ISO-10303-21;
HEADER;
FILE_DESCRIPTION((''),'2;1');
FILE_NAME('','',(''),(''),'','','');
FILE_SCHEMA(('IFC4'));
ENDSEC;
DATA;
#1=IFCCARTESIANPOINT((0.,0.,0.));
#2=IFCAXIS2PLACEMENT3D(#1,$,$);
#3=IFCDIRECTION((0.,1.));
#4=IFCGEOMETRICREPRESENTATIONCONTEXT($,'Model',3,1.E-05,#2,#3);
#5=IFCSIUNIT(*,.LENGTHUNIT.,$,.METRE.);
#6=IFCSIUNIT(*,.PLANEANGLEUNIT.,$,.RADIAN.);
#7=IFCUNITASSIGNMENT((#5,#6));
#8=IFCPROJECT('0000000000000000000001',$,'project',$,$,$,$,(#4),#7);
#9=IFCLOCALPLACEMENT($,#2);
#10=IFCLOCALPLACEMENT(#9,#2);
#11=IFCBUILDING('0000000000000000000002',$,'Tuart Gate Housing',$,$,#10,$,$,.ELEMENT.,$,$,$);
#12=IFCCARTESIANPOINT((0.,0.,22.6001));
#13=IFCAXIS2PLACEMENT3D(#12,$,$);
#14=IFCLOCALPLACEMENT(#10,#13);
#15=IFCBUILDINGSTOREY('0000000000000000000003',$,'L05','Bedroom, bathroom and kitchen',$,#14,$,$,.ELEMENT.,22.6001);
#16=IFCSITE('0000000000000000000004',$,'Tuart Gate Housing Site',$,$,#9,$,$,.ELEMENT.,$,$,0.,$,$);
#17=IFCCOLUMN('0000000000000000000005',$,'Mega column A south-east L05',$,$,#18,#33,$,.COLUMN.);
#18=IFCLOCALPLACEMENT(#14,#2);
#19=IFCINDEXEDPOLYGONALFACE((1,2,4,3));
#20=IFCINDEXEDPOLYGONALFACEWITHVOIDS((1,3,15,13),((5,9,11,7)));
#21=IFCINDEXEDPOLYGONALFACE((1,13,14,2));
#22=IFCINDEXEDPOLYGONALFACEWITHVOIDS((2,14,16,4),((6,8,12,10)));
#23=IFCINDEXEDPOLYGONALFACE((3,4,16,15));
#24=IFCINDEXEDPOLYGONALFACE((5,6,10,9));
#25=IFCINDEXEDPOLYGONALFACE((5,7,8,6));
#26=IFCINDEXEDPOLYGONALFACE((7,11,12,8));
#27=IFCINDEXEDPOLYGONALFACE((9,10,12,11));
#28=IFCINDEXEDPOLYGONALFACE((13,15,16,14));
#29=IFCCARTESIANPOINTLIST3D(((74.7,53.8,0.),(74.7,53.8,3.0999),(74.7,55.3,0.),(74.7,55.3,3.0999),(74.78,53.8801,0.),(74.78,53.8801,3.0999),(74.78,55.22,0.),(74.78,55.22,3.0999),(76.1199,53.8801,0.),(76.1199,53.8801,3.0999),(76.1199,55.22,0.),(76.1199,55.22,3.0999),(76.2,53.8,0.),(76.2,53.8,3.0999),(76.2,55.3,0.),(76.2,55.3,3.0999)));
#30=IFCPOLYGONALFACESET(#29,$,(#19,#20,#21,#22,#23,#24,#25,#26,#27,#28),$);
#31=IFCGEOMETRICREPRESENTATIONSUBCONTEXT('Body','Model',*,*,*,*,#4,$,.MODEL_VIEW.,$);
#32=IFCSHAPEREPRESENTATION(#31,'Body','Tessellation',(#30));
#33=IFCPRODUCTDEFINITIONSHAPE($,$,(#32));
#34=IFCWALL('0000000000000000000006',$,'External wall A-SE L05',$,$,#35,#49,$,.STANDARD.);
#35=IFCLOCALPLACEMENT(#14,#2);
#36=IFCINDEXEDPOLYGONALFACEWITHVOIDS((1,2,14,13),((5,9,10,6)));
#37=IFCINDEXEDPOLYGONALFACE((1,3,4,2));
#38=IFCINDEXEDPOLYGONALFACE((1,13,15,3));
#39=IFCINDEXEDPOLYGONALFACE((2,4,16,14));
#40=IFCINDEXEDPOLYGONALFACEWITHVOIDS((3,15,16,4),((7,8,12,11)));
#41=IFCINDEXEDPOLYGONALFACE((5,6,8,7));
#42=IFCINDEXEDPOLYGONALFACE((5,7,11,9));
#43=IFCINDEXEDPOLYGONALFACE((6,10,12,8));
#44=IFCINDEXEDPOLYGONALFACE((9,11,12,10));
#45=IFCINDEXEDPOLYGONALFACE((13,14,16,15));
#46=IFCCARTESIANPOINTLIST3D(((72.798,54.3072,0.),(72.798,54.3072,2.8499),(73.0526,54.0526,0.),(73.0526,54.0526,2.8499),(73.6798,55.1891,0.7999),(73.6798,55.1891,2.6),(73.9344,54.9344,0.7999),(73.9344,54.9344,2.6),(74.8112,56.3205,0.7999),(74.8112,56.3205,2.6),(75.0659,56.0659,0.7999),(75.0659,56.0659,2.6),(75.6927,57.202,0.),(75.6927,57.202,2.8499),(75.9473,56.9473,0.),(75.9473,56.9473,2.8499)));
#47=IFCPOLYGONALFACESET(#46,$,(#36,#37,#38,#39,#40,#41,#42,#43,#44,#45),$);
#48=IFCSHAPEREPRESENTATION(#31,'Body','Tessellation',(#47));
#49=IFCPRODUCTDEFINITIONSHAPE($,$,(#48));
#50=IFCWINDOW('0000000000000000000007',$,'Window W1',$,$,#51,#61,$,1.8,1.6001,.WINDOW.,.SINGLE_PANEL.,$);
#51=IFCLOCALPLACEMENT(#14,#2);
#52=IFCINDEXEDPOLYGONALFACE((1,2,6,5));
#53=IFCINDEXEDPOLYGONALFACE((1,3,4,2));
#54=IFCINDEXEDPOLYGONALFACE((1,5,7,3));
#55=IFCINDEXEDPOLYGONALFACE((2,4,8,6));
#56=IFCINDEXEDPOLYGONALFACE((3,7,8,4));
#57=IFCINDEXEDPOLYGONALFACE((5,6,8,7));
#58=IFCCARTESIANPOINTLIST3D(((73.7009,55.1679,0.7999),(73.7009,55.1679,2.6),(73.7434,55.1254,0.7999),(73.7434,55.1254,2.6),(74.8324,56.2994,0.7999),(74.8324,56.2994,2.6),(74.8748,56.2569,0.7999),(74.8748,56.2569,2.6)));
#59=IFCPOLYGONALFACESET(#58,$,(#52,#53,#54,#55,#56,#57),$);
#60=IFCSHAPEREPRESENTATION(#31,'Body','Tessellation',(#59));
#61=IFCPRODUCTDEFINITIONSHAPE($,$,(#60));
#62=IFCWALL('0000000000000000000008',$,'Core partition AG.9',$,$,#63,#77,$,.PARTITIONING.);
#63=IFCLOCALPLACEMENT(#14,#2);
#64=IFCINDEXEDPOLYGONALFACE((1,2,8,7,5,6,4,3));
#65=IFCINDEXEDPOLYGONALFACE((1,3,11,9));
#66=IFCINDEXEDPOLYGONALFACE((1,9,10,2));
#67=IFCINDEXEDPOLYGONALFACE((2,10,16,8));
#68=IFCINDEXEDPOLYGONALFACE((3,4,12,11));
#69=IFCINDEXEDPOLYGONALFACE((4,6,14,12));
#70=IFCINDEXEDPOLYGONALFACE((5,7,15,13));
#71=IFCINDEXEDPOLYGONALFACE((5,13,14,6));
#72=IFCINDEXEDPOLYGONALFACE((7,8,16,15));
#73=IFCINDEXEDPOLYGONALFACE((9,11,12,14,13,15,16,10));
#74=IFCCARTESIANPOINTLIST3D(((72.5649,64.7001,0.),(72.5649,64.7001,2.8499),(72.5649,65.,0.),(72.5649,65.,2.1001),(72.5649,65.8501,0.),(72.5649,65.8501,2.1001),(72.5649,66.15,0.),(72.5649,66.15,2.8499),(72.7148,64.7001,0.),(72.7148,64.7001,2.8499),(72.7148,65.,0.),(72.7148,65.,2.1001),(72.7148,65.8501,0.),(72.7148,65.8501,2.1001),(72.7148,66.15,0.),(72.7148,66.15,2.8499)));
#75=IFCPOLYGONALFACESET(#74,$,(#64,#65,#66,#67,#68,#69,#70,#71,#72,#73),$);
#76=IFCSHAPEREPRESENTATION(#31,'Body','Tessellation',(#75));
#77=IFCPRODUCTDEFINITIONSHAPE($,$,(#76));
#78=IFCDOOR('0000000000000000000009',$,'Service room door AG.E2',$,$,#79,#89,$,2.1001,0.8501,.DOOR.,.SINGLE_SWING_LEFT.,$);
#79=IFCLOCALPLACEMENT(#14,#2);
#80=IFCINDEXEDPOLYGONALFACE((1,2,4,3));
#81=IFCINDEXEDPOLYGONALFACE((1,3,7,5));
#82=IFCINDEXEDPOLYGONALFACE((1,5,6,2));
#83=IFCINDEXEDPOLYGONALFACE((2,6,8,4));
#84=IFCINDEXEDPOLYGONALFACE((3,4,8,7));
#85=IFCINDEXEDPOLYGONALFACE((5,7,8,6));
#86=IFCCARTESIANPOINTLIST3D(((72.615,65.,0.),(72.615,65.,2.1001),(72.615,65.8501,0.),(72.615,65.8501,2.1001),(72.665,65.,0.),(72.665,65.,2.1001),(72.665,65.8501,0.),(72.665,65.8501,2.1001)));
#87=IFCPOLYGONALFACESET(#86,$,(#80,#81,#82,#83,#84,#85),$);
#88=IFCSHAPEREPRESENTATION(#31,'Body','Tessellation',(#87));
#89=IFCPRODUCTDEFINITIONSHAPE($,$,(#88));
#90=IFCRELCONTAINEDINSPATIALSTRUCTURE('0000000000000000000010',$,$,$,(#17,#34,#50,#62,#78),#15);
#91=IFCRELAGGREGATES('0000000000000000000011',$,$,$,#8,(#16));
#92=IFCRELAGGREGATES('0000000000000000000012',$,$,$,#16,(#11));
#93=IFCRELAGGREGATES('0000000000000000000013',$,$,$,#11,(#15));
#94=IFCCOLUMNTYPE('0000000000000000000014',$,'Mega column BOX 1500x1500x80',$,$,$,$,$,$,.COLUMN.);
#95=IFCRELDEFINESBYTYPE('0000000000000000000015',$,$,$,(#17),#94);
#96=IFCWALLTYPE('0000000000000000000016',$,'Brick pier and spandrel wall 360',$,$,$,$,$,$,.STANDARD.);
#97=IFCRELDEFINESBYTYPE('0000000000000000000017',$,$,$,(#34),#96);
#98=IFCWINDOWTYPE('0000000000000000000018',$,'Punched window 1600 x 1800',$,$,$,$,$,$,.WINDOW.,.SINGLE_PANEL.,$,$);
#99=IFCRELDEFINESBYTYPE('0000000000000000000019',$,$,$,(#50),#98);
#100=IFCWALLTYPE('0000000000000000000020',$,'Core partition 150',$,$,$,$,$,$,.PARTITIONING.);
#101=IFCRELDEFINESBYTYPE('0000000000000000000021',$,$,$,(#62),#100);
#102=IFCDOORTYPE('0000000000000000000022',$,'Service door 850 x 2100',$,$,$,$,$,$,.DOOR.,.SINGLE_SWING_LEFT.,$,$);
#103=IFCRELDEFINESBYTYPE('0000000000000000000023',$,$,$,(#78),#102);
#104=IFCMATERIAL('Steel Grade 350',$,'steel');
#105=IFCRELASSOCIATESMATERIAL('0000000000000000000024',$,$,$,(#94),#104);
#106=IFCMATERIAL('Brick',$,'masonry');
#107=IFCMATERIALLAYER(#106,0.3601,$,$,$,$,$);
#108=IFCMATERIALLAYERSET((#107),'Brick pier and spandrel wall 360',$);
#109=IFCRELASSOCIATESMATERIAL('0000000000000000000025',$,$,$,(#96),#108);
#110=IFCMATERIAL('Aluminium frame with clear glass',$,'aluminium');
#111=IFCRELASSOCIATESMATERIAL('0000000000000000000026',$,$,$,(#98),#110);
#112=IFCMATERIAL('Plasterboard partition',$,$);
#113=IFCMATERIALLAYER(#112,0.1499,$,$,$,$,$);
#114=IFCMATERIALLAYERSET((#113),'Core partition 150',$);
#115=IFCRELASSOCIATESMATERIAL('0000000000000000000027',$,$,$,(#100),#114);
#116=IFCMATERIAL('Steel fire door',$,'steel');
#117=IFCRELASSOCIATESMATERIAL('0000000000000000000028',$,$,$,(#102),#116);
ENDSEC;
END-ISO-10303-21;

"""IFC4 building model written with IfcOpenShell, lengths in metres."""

from ifc_helpers import new_model, si_unit, direction, frame, frame_2d, origin, origin_2d, place, context, subcontext, project, spatial, rectangle, hollow_rectangle, extrude, material, layer, layer_set, material_profile, profile_set, type_object, element, fill, save


model = new_model("IFC4")

# Units and contexts
model_context = context("Model", 3, precision=1e-05, world=origin(), true_north=direction((0.0, 1.0)))
body_context = subcontext(model_context, "Body", "Model", "MODEL_VIEW")
ifc_project = project(units=[si_unit("LENGTHUNIT", "METRE"), si_unit("PLANEANGLEUNIT", "RADIAN")], contexts=[model_context])

# Site, building, storey
site_placement = place(None, origin())
site = spatial("IfcSite", under=ifc_project, at=site_placement, Name="Tuart Gate Housing Site", CompositionType="ELEMENT", RefElevation=0.0)
building_placement = place(site_placement, origin())
building = spatial("IfcBuilding", under=site, at=building_placement, Name="Tuart Gate Housing", CompositionType="ELEMENT")
storey_placement = place(building_placement, frame((0.0, 0.0, 22.6001)))
storey = spatial("IfcBuildingStorey", under=building, at=storey_placement, Name="L05", Description="Bedroom, bathroom and kitchen", CompositionType="ELEMENT", Elevation=22.6001)

# Column
ifc_material_1 = material(Name="Steel Grade 350", Category="steel")
ifc_material_profile = material_profile(ifc_material_1, hollow_rectangle(XDim=1.5, YDim=1.5, WallThickness=0.0801, at=origin_2d()), Name="BOX 1500x1500x80")
ifc_profile_set = profile_set([ifc_material_profile], Name="Steel Grade 350")
column_type = type_object("IfcColumnType", Name="Mega column BOX 1500x1500x80", PredefinedType="COLUMN", material=ifc_profile_set)
column_placement = place(storey_placement, frame((75.45, 54.55, 0.0), z_axis=(0.0, 0.0, 1.0), x_axis=(1.0, 0.0, 0.0)))
element("IfcColumn", 1, at=column_placement, inside=storey, type_object=column_type, Name="Mega column A south-east L05", PredefinedType="COLUMN", context=body_context, shape_type="SweptSolid", body=[
    extrude(hollow_rectangle(XDim=1.5, YDim=1.5, WallThickness=0.0801, at=origin_2d()), origin(), (0.0, 0.0, 1.0), 3.0999),
])

# Wall, opening, window
ifc_material_2 = material(Name="Brick", Category="masonry")
ifc_layer_1 = layer(ifc_material_2, 0.3601)
ifc_layer_set_1 = layer_set([ifc_layer_1], Name="Brick pier and spandrel wall 360")
wall_type_1 = type_object("IfcWallType", Name="Brick pier and spandrel wall 360", PredefinedType="STANDARD", material=ifc_layer_set_1)
wall_1_placement = place(storey_placement, frame((72.9253, 54.1799, 0.0), z_axis=(0.0, 0.0, 1.0), x_axis=(0.707107, 0.707107, 0.0)))
wall_1 = element("IfcWall", 2, at=wall_1_placement, inside=storey, type_object=wall_type_1, Name="External wall A-SE L05", PredefinedType="STANDARD", context=body_context, shape_type="SweptSolid", body=[
    extrude(rectangle(XDim=4.0938, YDim=0.3601, at=frame_2d((2.0469, 0.0))), origin(), (0.0, 0.0, 1.0), 2.8499),
])
opening_1_placement = place(wall_1_placement, frame((1.2471, 0.0, 0.8)))
opening_1 = element("IfcOpeningElement", 3, at=opening_1_placement, cuts=wall_1, PredefinedType="OPENING", context=body_context, shape_type="SweptSolid", body=[
    extrude(rectangle(XDim=1.6001, YDim=1.8, at=frame_2d((0.8, 0.8999))), frame((0.0, 0.1899, 0.0), z_axis=(0.0, -1.0, 0.0), x_axis=(1.0, 0.0, 0.0)), (0.0, 0.0, 1.0), 0.3801),
])
ifc_material_3 = material(Name="Aluminium frame with clear glass", Category="aluminium")
window_type = type_object("IfcWindowType", Name="Punched window 1600 x 1800", PartitioningType="SINGLE_PANEL", PredefinedType="WINDOW", material=ifc_material_3)
window_placement = place(opening_1_placement, origin())
window = element("IfcWindow", 4, at=window_placement, inside=storey, type_object=window_type, Name="Window W1", OverallHeight=1.8, OverallWidth=1.6001, PartitioningType="SINGLE_PANEL", PredefinedType="WINDOW", context=body_context, shape_type="SweptSolid", body=[
    extrude(rectangle(XDim=1.6001, YDim=1.8, at=frame_2d((0.8, 0.8999))), frame((0.0, 0.1501, 0.0), z_axis=(0.0, -1.0, 0.0), x_axis=(1.0, 0.0, 0.0)), (0.0, 0.0, 1.0), 0.0601),
])
fill(opening_1, window)

# Wall, opening, door
ifc_material_4 = material(Name="Plasterboard partition")
ifc_layer_2 = layer(ifc_material_4, 0.1499)
ifc_layer_set_2 = layer_set([ifc_layer_2], Name="Core partition 150")
wall_type_2 = type_object("IfcWallType", Name="Core partition 150", PredefinedType="PARTITIONING", material=ifc_layer_set_2)
wall_2_placement = place(storey_placement, frame((72.6399, 64.7, 0.0), z_axis=(0.0, 0.0, 1.0), x_axis=(0.0, 1.0, 0.0)))
wall_2 = element("IfcWall", 5, at=wall_2_placement, inside=storey, type_object=wall_type_2, Name="Core partition AG.9", PredefinedType="PARTITIONING", context=body_context, shape_type="SweptSolid", body=[
    extrude(rectangle(XDim=1.45, YDim=0.1499, at=frame_2d((0.7251, 0.0))), origin(), (0.0, 0.0, 1.0), 2.8499),
])
opening_2_placement = place(wall_2_placement, frame((0.3, 0.0, 0.0)))
opening_2 = element("IfcOpeningElement", 6, at=opening_2_placement, cuts=wall_2, PredefinedType="OPENING", context=body_context, shape_type="SweptSolid", body=[
    extrude(rectangle(XDim=0.8501, YDim=2.1001, at=frame_2d((0.425, 1.05))), frame((0.0, 0.085, 0.0), z_axis=(0.0, -1.0, 0.0), x_axis=(1.0, 0.0, 0.0)), (0.0, 0.0, 1.0), 0.1699),
])
ifc_material_5 = material(Name="Steel fire door", Category="steel")
door_type = type_object("IfcDoorType", Name="Service door 850 x 2100", OperationType="SINGLE_SWING_LEFT", PredefinedType="DOOR", material=ifc_material_5)
door_placement = place(opening_2_placement, origin())
door = element("IfcDoor", 7, at=door_placement, inside=storey, type_object=door_type, Name="Service room door AG.E2", OperationType="SINGLE_SWING_LEFT", OverallHeight=2.1001, OverallWidth=0.8501, PredefinedType="DOOR", context=body_context, shape_type="SweptSolid", body=[
    extrude(rectangle(XDim=0.8501, YDim=2.1001, at=frame_2d((0.425, 1.05))), frame((0.0, 0.0249, 0.0), z_axis=(0.0, -1.0, 0.0), x_axis=(1.0, 0.0, 0.0)), (0.0, 0.0, 1.0), 0.05),
])
fill(opening_2, door)

save(model, "model.ifc")
